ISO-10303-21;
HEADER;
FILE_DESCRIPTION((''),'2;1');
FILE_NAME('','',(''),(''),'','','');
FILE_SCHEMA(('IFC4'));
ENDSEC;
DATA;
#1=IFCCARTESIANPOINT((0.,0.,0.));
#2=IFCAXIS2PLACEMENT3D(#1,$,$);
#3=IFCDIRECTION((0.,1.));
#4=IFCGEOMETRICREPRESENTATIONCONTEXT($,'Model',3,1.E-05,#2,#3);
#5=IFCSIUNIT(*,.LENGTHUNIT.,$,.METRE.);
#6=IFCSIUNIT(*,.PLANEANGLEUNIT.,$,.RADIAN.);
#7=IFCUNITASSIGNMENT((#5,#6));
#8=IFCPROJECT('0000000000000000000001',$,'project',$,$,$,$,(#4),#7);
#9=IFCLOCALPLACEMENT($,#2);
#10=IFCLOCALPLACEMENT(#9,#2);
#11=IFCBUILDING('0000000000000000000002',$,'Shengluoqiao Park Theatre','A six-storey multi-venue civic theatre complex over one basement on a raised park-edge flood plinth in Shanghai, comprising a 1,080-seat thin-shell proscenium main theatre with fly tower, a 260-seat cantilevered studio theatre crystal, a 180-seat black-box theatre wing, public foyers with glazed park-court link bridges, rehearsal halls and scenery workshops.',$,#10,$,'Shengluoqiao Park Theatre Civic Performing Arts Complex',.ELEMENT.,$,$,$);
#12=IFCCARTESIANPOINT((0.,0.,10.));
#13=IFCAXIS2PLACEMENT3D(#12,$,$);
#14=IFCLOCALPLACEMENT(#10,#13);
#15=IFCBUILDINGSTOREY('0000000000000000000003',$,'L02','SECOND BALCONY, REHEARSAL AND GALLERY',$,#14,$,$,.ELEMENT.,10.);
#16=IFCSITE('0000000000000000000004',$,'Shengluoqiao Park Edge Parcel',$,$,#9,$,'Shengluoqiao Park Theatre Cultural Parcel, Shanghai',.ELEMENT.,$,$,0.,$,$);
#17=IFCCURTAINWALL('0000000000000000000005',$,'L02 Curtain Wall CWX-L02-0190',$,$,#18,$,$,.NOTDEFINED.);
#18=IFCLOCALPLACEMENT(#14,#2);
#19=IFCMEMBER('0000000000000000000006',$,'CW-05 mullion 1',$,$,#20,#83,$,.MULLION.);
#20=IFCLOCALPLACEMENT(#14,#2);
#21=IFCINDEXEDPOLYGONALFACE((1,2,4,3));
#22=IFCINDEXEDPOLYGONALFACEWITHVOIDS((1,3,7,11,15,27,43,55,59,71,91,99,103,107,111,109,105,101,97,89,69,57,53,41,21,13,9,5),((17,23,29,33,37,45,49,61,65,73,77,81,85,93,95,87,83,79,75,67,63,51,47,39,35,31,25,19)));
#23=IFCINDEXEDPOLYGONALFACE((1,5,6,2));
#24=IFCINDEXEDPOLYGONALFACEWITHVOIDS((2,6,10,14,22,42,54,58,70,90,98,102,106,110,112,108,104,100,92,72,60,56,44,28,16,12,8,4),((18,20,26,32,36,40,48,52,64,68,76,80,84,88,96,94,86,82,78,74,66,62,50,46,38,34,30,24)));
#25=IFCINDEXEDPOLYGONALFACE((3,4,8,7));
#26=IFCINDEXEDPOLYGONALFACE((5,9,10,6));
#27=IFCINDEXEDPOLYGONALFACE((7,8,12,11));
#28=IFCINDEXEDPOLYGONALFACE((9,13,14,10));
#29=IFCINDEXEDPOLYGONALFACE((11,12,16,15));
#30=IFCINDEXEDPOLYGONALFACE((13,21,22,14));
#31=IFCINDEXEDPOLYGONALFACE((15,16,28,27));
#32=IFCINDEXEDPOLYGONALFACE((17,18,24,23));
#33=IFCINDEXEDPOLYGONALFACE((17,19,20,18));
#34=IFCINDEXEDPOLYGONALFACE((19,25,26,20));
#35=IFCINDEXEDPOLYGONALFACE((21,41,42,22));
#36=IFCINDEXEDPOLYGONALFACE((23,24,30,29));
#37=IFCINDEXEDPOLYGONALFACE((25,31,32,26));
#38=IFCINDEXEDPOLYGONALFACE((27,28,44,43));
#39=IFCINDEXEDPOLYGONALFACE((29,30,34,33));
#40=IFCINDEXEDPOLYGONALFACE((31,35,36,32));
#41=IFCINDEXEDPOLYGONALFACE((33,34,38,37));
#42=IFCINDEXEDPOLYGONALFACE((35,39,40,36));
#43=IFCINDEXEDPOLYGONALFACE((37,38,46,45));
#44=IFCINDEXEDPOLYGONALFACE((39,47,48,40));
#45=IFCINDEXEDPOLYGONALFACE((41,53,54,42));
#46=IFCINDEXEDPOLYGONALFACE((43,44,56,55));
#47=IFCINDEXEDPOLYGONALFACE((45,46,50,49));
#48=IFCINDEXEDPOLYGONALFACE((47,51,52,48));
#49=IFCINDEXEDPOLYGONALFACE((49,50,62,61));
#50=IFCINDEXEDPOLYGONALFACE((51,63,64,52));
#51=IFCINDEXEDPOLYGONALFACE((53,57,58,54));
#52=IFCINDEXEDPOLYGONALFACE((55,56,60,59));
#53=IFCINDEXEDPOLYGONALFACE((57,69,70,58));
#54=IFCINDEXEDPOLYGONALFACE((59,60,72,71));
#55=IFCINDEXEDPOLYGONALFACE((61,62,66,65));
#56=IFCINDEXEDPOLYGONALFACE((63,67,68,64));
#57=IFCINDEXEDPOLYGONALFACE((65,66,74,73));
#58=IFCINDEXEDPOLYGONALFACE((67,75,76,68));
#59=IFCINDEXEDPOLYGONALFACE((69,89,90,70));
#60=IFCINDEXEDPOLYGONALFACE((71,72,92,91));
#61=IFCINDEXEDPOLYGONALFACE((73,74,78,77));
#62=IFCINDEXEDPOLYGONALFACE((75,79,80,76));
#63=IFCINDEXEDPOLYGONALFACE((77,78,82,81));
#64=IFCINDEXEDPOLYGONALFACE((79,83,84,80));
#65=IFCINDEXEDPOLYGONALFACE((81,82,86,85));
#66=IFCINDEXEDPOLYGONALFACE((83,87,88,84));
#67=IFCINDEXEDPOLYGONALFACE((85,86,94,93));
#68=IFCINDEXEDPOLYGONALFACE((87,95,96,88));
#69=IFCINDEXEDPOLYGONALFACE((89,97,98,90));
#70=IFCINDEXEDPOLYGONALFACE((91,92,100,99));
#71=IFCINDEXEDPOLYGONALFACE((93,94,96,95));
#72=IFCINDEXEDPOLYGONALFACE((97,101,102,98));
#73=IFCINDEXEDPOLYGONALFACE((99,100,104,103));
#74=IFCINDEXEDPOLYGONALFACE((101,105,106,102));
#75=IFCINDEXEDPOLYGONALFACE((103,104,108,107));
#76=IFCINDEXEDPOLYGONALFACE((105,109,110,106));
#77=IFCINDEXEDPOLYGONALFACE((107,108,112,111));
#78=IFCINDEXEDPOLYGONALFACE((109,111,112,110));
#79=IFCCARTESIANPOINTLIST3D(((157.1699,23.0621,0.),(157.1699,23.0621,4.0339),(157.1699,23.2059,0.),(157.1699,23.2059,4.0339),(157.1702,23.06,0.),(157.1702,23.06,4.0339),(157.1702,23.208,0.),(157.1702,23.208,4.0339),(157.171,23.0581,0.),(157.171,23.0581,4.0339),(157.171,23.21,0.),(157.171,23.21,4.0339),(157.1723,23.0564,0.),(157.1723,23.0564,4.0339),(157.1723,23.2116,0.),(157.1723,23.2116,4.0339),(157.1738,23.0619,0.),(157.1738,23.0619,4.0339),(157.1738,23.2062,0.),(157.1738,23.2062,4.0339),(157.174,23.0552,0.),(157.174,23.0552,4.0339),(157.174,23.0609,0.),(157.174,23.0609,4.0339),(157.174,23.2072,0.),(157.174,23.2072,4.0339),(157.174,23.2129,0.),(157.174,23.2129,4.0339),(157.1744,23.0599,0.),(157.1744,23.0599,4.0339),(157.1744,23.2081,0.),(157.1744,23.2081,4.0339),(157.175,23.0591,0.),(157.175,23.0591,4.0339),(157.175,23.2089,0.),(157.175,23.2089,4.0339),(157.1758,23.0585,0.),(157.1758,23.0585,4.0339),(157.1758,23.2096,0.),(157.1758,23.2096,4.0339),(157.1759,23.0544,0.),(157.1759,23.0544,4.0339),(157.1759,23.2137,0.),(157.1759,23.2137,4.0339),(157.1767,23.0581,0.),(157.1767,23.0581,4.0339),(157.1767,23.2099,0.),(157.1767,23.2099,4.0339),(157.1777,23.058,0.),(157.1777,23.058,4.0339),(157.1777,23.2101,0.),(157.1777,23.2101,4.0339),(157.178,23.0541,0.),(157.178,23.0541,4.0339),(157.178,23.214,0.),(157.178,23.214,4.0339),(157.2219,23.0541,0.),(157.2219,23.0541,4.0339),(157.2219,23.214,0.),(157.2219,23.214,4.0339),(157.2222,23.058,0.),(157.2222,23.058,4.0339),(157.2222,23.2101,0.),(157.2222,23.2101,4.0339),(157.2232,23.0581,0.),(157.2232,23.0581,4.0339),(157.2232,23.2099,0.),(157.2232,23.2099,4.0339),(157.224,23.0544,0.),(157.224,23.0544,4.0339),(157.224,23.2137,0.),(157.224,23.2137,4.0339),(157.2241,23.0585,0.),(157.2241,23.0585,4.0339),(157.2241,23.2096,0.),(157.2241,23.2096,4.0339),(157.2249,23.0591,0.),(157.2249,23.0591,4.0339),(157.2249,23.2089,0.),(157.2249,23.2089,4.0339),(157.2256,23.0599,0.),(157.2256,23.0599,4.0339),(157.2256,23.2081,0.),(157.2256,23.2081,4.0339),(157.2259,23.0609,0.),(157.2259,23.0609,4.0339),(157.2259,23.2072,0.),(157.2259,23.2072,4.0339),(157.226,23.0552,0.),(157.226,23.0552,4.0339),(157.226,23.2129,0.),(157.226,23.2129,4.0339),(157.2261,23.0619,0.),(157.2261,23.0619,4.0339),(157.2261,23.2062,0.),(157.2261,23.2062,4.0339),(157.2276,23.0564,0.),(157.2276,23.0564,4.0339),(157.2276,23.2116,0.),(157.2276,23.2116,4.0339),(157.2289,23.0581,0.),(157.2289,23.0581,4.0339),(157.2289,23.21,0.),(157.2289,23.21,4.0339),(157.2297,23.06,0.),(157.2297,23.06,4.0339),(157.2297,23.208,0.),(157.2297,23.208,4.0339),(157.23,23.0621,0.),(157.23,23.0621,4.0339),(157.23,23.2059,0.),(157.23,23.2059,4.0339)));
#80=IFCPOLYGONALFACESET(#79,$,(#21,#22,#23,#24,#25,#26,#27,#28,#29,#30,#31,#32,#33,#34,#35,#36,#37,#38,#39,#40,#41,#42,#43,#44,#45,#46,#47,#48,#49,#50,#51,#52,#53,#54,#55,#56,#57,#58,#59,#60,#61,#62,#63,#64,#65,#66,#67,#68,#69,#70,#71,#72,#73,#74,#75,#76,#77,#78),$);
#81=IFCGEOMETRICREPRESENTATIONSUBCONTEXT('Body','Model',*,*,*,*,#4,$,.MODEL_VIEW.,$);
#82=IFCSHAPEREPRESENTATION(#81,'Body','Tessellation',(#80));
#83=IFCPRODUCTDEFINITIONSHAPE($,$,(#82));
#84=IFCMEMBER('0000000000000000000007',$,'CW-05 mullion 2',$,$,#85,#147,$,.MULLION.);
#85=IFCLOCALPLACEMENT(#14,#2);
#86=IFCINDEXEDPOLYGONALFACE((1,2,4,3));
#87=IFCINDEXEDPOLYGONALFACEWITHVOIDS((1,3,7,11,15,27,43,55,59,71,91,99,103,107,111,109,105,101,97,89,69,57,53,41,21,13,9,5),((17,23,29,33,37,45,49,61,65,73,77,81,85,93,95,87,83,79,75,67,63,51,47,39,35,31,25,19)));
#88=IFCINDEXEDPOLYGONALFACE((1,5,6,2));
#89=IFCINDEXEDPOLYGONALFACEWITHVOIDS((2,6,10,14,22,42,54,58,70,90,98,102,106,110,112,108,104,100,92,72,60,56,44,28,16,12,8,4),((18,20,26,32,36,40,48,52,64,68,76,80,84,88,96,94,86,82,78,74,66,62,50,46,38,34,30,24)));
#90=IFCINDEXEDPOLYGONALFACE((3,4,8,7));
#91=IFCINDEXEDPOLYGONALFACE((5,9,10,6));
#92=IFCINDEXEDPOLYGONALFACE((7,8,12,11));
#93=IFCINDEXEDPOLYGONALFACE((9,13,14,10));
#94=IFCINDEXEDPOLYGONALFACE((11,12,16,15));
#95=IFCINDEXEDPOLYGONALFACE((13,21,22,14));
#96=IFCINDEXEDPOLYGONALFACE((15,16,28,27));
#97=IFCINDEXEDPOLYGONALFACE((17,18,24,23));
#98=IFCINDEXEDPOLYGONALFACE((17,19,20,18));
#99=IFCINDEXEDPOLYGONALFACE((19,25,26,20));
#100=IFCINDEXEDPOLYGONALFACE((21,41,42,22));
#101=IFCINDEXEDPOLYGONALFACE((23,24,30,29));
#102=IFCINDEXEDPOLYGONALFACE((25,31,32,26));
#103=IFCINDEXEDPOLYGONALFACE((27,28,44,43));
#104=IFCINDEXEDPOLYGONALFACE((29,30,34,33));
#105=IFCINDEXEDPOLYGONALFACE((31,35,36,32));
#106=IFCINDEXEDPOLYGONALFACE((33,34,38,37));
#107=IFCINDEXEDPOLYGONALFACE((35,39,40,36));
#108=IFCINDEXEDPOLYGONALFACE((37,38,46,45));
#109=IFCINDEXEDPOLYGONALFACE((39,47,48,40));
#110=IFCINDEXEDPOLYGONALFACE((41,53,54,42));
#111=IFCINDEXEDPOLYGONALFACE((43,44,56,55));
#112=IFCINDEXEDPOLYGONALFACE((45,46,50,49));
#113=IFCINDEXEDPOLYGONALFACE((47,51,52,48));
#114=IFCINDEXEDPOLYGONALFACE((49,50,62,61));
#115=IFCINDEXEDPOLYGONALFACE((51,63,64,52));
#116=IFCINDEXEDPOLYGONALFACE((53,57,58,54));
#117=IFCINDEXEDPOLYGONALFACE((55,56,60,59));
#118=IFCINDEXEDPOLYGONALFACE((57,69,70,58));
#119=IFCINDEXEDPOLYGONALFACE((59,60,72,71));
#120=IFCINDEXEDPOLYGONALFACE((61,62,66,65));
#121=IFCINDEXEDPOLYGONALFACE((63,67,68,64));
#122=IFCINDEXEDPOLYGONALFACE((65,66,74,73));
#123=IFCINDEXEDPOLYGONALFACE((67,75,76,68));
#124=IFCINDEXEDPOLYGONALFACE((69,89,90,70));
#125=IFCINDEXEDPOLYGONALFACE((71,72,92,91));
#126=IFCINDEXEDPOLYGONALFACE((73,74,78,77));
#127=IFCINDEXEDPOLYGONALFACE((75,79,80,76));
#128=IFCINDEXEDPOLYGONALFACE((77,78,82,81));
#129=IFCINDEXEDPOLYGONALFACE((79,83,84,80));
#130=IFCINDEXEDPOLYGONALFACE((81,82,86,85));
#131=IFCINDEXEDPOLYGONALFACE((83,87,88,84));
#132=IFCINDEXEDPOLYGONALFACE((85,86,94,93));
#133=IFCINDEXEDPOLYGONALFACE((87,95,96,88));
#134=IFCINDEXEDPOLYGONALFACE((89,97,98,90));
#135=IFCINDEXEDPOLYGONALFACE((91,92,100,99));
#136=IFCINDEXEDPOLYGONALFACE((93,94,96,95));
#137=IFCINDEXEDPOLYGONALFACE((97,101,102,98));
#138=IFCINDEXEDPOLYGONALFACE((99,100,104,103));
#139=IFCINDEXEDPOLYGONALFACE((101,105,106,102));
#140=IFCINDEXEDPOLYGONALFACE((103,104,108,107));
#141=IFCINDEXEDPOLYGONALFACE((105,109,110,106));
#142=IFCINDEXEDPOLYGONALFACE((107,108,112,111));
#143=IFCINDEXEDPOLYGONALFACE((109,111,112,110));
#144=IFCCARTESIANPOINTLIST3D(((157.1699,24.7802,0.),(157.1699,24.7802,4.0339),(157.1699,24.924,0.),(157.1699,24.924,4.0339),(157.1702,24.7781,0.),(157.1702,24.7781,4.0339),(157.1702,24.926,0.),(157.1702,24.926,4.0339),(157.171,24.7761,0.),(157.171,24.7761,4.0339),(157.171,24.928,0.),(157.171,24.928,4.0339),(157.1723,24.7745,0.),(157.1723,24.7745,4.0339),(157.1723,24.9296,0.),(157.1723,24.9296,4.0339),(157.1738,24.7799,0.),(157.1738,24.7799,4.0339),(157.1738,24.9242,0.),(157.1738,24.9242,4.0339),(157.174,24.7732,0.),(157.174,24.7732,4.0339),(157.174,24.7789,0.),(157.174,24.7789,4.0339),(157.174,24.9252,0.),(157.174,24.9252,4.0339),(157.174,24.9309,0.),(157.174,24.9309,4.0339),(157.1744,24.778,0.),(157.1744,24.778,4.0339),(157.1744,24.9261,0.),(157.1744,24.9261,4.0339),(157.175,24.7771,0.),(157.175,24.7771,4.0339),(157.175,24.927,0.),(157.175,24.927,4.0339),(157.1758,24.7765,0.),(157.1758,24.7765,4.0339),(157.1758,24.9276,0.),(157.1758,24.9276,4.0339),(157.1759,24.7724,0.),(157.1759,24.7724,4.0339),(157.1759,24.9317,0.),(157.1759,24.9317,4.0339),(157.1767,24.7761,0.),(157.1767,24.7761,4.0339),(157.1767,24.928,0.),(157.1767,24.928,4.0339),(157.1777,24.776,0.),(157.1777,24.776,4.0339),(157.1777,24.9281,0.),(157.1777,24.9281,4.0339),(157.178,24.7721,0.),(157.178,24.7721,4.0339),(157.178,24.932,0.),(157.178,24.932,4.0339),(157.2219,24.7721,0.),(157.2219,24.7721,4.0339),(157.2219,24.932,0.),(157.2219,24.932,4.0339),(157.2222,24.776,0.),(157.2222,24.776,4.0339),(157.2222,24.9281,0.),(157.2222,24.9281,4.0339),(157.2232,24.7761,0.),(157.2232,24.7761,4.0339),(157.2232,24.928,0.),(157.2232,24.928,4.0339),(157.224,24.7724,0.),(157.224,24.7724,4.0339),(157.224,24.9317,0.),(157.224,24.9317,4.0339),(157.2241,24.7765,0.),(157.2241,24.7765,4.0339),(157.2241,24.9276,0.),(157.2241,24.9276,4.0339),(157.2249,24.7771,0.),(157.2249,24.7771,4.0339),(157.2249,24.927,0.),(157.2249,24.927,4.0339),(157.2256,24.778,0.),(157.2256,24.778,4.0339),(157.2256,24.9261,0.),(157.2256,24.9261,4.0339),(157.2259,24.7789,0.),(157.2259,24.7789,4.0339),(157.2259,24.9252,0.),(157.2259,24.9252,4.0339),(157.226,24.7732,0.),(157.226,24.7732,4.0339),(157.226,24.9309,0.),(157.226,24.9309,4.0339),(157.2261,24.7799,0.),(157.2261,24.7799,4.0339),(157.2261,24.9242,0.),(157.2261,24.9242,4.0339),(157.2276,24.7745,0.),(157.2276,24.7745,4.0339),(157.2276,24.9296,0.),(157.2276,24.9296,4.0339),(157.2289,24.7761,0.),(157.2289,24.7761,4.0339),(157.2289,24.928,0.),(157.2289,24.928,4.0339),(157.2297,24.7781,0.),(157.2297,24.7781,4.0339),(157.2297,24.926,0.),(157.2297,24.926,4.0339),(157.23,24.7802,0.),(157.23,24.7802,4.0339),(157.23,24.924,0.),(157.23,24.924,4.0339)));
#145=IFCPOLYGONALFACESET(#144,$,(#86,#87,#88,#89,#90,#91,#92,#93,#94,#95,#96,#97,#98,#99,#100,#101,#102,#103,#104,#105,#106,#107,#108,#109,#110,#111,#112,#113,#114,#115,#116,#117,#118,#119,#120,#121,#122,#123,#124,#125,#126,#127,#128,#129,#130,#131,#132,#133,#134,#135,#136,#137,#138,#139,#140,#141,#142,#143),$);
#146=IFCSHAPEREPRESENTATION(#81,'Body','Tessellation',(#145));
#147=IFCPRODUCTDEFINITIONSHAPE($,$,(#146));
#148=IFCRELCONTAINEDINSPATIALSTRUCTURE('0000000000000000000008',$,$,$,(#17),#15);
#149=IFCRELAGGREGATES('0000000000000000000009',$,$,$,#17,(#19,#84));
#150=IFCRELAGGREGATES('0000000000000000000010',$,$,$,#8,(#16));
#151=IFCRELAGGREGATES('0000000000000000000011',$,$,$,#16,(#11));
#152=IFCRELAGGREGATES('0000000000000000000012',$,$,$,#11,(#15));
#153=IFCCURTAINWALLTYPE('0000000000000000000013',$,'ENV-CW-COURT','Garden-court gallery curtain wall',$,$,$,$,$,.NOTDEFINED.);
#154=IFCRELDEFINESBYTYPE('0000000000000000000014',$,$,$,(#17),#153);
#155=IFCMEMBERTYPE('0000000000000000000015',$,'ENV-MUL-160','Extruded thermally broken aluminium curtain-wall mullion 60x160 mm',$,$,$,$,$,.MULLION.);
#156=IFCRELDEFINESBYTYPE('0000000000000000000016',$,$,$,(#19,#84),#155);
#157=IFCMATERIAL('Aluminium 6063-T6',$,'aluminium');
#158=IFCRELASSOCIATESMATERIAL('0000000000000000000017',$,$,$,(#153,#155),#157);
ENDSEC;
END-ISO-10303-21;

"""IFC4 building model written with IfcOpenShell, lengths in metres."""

from ifc_helpers import new_model, si_unit, direction, frame, origin, origin_2d, place, context, subcontext, project, spatial, hollow_rectangle, extrude, material, material_profile, profile_set, type_object, element, aggregate, save


model = new_model("IFC4")

# Units and contexts
model_context = context("Model", 3, precision=1e-05, world=origin(), true_north=direction((0.0, 1.0)))
body_context = subcontext(model_context, "Body", "Model", "MODEL_VIEW")
ifc_project = project(units=[si_unit("LENGTHUNIT", "METRE"), si_unit("PLANEANGLEUNIT", "RADIAN")], contexts=[model_context])

# Site, building, storey
site_placement = place(None, origin())
site = spatial("IfcSite", under=ifc_project, at=site_placement, Name="Shengluoqiao Park Edge Parcel", LongName="Shengluoqiao Park Theatre Cultural Parcel, Shanghai", CompositionType="ELEMENT", RefElevation=0.0)
building_placement = place(site_placement, origin())
building = spatial("IfcBuilding", under=site, at=building_placement, Name="Shengluoqiao Park Theatre", Description="A six-storey multi-venue civic theatre complex over one basement on a raised park-edge flood plinth in Shanghai, comprising a 1,080-seat thin-shell proscenium main theatre with fly tower, a 260-seat cantilevered studio theatre crystal, a 180-seat black-box theatre wing, public foyers with glazed park-court link bridges, rehearsal halls and scenery workshops.", LongName="Shengluoqiao Park Theatre Civic Performing Arts Complex", CompositionType="ELEMENT")
storey_placement = place(building_placement, frame((0.0, 0.0, 10.0)))
storey = spatial("IfcBuildingStorey", under=building, at=storey_placement, Name="L02", Description="SECOND BALCONY, REHEARSAL AND GALLERY", CompositionType="ELEMENT", Elevation=10.0)

# Curtain wall, members
ifc_material_1 = material(Name="Aluminium 6063-T6", Category="aluminium")
curtain_wall_type = type_object("IfcCurtainWallType", Name="ENV-CW-COURT", Description="Garden-court gallery curtain wall", PredefinedType="NOTDEFINED", material=ifc_material_1)
curtain_wall_1_placement = place(storey_placement, origin())
curtain_wall_1 = element("IfcCurtainWall", 1, at=curtain_wall_1_placement, inside=storey, type_object=curtain_wall_type, Name="L02 Curtain Wall CWX-L02-0190", PredefinedType="NOTDEFINED")
ifc_material_profile_1 = material_profile(ifc_material_1, hollow_rectangle(XDim=0.0601, YDim=0.1599, WallThickness=0.0039, InnerFilletRadius=0.0039, OuterFilletRadius=0.0081, at=origin_2d()), Name="ALU MULLION 160x60x4")
ifc_profile_set_1 = profile_set([ifc_material_profile_1], Name="Aluminium 6063-T6")
member_type_1 = type_object("IfcMemberType", Name="ENV-MUL-160", Description="Extruded thermally broken aluminium curtain-wall mullion 60x160 mm", PredefinedType="MULLION", material=ifc_profile_set_1)
member_1_placement = place(storey_placement, frame((157.2, 23.134, 0.0), z_axis=(0.0, 0.0, 1.0), x_axis=(-1.0, 0.0, 0.0)))
member_1 = element("IfcMember", 2, at=member_1_placement, type_object=member_type_1, Name="CW-05 mullion 1", PredefinedType="MULLION", context=body_context, shape_type="SweptSolid", body=[
    extrude(hollow_rectangle(XDim=0.0601, YDim=0.1599, WallThickness=0.0039, InnerFilletRadius=0.0039, OuterFilletRadius=0.0081, at=origin_2d()), origin(), (0.0, 0.0, 1.0), 4.0339),
])
member_2_placement = place(storey_placement, frame((157.2, 24.8521, 0.0), z_axis=(0.0, 0.0, 1.0), x_axis=(-1.0, 0.0, 0.0)))
member_2 = element("IfcMember", 3, at=member_2_placement, type_object=member_type_1, Name="CW-05 mullion 2", PredefinedType="MULLION", context=body_context, shape_type="SweptSolid", body=[
    extrude(hollow_rectangle(XDim=0.0601, YDim=0.1599, WallThickness=0.0039, InnerFilletRadius=0.0039, OuterFilletRadius=0.0081, at=origin_2d()), origin(), (0.0, 0.0, 1.0), 4.0339),
])

aggregate(curtain_wall_1, [member_1, member_2])

save(model, "model.ifc")
